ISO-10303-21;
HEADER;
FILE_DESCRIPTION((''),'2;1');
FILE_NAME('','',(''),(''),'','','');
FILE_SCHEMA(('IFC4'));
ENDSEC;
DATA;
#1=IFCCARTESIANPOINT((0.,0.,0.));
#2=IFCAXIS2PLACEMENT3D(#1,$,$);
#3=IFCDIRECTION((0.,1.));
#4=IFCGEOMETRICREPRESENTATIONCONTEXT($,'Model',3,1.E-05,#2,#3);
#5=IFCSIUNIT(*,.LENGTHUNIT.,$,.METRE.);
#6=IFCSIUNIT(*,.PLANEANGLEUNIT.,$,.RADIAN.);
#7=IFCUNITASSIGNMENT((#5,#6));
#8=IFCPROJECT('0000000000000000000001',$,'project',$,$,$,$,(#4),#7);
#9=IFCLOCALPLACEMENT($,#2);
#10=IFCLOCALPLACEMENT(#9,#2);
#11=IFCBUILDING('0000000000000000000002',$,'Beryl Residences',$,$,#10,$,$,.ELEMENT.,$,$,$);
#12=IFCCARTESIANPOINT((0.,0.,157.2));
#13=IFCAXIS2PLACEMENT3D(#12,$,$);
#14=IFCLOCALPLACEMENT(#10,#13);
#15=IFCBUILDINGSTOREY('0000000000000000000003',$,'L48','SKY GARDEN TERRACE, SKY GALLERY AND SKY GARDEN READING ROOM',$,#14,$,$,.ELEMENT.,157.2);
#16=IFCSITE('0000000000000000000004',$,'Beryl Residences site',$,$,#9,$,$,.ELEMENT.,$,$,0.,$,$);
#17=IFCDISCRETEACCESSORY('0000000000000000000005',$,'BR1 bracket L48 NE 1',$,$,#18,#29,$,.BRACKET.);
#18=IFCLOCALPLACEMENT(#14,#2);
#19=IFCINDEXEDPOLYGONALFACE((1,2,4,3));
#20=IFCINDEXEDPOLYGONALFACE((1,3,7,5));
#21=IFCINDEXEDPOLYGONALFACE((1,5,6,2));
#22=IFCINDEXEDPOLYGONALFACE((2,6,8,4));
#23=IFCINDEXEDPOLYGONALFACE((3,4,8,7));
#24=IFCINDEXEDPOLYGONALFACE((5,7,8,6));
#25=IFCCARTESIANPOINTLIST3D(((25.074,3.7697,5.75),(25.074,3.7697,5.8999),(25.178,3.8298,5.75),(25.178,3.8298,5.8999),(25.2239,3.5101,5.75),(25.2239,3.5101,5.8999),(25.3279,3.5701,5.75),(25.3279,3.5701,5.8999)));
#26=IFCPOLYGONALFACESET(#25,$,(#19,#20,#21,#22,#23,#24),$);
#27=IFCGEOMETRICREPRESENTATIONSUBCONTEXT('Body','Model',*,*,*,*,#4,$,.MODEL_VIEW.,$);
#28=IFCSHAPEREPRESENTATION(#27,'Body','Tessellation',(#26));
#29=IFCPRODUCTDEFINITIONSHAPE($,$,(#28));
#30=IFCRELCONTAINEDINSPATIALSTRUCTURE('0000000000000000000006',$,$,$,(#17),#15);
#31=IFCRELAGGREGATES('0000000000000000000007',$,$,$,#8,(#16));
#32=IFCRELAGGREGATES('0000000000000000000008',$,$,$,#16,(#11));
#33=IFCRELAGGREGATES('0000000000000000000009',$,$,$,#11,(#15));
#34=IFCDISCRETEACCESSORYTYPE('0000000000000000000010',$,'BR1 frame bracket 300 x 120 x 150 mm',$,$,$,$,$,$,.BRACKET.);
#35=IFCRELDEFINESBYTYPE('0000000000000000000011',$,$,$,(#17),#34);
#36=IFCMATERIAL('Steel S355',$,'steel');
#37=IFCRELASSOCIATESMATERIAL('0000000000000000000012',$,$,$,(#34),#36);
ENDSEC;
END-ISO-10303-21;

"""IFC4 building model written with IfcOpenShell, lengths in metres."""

from ifc_helpers import new_model, si_unit, direction, frame, origin, place, context, subcontext, project, spatial, polyline, outline, extrude, source, transform, mapped, material, type_object, type_shapes, element, save


model = new_model("IFC4")

# Units and contexts
model_context = context("Model", 3, precision=1e-05, world=origin(), true_north=direction((0.0, 1.0)))
body_context = subcontext(model_context, "Body", "Model", "MODEL_VIEW")
ifc_project = project(units=[si_unit("LENGTHUNIT", "METRE"), si_unit("PLANEANGLEUNIT", "RADIAN")], contexts=[model_context])

# Site, building, storey
site_placement = place(None, origin())
site = spatial("IfcSite", under=ifc_project, at=site_placement, Name="Beryl Residences site", CompositionType="ELEMENT", RefElevation=0.0)
building_placement = place(site_placement, origin())
building = spatial("IfcBuilding", under=site, at=building_placement, Name="Beryl Residences", CompositionType="ELEMENT")
storey_placement = place(building_placement, frame((0.0, 0.0, 157.2)))
storey = spatial("IfcBuildingStorey", under=building, at=storey_placement, Name="L48", Description="SKY GARDEN TERRACE, SKY GALLERY AND SKY GARDEN READING ROOM", CompositionType="ELEMENT", Elevation=157.2)

# Discrete accessory
ifc_material_1 = material(Name="Steel S355", Category="steel")
discrete_accessory_type = type_object("IfcDiscreteAccessoryType", Name="BR1 frame bracket 300 x 120 x 150 mm", PredefinedType="BRACKET", material=ifc_material_1)
shared_shape_1 = source(origin(), body_context, "Body", "SweptSolid", [
    extrude(outline(polyline([(-0.1499, 0.0), (0.1499, 0.0), (0.1499, 0.1201), (-0.1499, 0.1201), (-0.1499, 0.0)])), origin(), (0.0, 0.0, 1.0), 0.1499),
])
type_shapes(discrete_accessory_type, [shared_shape_1])
discrete_accessory_placement = place(storey_placement, frame((25.1489, 3.6399, 5.75), z_axis=(0.0, 0.0, 1.0), x_axis=(0.5, -0.866025, 0.0)))
element("IfcDiscreteAccessory", 1, at=discrete_accessory_placement, inside=storey, type_object=discrete_accessory_type, Name="BR1 bracket L48 NE 1", PredefinedType="BRACKET", context=body_context, shape_type="MappedRepresentation", body=[
    mapped(shared_shape_1, transform((0.0, 0.0, 0.0))),
])

save(model, "model.ifc")
